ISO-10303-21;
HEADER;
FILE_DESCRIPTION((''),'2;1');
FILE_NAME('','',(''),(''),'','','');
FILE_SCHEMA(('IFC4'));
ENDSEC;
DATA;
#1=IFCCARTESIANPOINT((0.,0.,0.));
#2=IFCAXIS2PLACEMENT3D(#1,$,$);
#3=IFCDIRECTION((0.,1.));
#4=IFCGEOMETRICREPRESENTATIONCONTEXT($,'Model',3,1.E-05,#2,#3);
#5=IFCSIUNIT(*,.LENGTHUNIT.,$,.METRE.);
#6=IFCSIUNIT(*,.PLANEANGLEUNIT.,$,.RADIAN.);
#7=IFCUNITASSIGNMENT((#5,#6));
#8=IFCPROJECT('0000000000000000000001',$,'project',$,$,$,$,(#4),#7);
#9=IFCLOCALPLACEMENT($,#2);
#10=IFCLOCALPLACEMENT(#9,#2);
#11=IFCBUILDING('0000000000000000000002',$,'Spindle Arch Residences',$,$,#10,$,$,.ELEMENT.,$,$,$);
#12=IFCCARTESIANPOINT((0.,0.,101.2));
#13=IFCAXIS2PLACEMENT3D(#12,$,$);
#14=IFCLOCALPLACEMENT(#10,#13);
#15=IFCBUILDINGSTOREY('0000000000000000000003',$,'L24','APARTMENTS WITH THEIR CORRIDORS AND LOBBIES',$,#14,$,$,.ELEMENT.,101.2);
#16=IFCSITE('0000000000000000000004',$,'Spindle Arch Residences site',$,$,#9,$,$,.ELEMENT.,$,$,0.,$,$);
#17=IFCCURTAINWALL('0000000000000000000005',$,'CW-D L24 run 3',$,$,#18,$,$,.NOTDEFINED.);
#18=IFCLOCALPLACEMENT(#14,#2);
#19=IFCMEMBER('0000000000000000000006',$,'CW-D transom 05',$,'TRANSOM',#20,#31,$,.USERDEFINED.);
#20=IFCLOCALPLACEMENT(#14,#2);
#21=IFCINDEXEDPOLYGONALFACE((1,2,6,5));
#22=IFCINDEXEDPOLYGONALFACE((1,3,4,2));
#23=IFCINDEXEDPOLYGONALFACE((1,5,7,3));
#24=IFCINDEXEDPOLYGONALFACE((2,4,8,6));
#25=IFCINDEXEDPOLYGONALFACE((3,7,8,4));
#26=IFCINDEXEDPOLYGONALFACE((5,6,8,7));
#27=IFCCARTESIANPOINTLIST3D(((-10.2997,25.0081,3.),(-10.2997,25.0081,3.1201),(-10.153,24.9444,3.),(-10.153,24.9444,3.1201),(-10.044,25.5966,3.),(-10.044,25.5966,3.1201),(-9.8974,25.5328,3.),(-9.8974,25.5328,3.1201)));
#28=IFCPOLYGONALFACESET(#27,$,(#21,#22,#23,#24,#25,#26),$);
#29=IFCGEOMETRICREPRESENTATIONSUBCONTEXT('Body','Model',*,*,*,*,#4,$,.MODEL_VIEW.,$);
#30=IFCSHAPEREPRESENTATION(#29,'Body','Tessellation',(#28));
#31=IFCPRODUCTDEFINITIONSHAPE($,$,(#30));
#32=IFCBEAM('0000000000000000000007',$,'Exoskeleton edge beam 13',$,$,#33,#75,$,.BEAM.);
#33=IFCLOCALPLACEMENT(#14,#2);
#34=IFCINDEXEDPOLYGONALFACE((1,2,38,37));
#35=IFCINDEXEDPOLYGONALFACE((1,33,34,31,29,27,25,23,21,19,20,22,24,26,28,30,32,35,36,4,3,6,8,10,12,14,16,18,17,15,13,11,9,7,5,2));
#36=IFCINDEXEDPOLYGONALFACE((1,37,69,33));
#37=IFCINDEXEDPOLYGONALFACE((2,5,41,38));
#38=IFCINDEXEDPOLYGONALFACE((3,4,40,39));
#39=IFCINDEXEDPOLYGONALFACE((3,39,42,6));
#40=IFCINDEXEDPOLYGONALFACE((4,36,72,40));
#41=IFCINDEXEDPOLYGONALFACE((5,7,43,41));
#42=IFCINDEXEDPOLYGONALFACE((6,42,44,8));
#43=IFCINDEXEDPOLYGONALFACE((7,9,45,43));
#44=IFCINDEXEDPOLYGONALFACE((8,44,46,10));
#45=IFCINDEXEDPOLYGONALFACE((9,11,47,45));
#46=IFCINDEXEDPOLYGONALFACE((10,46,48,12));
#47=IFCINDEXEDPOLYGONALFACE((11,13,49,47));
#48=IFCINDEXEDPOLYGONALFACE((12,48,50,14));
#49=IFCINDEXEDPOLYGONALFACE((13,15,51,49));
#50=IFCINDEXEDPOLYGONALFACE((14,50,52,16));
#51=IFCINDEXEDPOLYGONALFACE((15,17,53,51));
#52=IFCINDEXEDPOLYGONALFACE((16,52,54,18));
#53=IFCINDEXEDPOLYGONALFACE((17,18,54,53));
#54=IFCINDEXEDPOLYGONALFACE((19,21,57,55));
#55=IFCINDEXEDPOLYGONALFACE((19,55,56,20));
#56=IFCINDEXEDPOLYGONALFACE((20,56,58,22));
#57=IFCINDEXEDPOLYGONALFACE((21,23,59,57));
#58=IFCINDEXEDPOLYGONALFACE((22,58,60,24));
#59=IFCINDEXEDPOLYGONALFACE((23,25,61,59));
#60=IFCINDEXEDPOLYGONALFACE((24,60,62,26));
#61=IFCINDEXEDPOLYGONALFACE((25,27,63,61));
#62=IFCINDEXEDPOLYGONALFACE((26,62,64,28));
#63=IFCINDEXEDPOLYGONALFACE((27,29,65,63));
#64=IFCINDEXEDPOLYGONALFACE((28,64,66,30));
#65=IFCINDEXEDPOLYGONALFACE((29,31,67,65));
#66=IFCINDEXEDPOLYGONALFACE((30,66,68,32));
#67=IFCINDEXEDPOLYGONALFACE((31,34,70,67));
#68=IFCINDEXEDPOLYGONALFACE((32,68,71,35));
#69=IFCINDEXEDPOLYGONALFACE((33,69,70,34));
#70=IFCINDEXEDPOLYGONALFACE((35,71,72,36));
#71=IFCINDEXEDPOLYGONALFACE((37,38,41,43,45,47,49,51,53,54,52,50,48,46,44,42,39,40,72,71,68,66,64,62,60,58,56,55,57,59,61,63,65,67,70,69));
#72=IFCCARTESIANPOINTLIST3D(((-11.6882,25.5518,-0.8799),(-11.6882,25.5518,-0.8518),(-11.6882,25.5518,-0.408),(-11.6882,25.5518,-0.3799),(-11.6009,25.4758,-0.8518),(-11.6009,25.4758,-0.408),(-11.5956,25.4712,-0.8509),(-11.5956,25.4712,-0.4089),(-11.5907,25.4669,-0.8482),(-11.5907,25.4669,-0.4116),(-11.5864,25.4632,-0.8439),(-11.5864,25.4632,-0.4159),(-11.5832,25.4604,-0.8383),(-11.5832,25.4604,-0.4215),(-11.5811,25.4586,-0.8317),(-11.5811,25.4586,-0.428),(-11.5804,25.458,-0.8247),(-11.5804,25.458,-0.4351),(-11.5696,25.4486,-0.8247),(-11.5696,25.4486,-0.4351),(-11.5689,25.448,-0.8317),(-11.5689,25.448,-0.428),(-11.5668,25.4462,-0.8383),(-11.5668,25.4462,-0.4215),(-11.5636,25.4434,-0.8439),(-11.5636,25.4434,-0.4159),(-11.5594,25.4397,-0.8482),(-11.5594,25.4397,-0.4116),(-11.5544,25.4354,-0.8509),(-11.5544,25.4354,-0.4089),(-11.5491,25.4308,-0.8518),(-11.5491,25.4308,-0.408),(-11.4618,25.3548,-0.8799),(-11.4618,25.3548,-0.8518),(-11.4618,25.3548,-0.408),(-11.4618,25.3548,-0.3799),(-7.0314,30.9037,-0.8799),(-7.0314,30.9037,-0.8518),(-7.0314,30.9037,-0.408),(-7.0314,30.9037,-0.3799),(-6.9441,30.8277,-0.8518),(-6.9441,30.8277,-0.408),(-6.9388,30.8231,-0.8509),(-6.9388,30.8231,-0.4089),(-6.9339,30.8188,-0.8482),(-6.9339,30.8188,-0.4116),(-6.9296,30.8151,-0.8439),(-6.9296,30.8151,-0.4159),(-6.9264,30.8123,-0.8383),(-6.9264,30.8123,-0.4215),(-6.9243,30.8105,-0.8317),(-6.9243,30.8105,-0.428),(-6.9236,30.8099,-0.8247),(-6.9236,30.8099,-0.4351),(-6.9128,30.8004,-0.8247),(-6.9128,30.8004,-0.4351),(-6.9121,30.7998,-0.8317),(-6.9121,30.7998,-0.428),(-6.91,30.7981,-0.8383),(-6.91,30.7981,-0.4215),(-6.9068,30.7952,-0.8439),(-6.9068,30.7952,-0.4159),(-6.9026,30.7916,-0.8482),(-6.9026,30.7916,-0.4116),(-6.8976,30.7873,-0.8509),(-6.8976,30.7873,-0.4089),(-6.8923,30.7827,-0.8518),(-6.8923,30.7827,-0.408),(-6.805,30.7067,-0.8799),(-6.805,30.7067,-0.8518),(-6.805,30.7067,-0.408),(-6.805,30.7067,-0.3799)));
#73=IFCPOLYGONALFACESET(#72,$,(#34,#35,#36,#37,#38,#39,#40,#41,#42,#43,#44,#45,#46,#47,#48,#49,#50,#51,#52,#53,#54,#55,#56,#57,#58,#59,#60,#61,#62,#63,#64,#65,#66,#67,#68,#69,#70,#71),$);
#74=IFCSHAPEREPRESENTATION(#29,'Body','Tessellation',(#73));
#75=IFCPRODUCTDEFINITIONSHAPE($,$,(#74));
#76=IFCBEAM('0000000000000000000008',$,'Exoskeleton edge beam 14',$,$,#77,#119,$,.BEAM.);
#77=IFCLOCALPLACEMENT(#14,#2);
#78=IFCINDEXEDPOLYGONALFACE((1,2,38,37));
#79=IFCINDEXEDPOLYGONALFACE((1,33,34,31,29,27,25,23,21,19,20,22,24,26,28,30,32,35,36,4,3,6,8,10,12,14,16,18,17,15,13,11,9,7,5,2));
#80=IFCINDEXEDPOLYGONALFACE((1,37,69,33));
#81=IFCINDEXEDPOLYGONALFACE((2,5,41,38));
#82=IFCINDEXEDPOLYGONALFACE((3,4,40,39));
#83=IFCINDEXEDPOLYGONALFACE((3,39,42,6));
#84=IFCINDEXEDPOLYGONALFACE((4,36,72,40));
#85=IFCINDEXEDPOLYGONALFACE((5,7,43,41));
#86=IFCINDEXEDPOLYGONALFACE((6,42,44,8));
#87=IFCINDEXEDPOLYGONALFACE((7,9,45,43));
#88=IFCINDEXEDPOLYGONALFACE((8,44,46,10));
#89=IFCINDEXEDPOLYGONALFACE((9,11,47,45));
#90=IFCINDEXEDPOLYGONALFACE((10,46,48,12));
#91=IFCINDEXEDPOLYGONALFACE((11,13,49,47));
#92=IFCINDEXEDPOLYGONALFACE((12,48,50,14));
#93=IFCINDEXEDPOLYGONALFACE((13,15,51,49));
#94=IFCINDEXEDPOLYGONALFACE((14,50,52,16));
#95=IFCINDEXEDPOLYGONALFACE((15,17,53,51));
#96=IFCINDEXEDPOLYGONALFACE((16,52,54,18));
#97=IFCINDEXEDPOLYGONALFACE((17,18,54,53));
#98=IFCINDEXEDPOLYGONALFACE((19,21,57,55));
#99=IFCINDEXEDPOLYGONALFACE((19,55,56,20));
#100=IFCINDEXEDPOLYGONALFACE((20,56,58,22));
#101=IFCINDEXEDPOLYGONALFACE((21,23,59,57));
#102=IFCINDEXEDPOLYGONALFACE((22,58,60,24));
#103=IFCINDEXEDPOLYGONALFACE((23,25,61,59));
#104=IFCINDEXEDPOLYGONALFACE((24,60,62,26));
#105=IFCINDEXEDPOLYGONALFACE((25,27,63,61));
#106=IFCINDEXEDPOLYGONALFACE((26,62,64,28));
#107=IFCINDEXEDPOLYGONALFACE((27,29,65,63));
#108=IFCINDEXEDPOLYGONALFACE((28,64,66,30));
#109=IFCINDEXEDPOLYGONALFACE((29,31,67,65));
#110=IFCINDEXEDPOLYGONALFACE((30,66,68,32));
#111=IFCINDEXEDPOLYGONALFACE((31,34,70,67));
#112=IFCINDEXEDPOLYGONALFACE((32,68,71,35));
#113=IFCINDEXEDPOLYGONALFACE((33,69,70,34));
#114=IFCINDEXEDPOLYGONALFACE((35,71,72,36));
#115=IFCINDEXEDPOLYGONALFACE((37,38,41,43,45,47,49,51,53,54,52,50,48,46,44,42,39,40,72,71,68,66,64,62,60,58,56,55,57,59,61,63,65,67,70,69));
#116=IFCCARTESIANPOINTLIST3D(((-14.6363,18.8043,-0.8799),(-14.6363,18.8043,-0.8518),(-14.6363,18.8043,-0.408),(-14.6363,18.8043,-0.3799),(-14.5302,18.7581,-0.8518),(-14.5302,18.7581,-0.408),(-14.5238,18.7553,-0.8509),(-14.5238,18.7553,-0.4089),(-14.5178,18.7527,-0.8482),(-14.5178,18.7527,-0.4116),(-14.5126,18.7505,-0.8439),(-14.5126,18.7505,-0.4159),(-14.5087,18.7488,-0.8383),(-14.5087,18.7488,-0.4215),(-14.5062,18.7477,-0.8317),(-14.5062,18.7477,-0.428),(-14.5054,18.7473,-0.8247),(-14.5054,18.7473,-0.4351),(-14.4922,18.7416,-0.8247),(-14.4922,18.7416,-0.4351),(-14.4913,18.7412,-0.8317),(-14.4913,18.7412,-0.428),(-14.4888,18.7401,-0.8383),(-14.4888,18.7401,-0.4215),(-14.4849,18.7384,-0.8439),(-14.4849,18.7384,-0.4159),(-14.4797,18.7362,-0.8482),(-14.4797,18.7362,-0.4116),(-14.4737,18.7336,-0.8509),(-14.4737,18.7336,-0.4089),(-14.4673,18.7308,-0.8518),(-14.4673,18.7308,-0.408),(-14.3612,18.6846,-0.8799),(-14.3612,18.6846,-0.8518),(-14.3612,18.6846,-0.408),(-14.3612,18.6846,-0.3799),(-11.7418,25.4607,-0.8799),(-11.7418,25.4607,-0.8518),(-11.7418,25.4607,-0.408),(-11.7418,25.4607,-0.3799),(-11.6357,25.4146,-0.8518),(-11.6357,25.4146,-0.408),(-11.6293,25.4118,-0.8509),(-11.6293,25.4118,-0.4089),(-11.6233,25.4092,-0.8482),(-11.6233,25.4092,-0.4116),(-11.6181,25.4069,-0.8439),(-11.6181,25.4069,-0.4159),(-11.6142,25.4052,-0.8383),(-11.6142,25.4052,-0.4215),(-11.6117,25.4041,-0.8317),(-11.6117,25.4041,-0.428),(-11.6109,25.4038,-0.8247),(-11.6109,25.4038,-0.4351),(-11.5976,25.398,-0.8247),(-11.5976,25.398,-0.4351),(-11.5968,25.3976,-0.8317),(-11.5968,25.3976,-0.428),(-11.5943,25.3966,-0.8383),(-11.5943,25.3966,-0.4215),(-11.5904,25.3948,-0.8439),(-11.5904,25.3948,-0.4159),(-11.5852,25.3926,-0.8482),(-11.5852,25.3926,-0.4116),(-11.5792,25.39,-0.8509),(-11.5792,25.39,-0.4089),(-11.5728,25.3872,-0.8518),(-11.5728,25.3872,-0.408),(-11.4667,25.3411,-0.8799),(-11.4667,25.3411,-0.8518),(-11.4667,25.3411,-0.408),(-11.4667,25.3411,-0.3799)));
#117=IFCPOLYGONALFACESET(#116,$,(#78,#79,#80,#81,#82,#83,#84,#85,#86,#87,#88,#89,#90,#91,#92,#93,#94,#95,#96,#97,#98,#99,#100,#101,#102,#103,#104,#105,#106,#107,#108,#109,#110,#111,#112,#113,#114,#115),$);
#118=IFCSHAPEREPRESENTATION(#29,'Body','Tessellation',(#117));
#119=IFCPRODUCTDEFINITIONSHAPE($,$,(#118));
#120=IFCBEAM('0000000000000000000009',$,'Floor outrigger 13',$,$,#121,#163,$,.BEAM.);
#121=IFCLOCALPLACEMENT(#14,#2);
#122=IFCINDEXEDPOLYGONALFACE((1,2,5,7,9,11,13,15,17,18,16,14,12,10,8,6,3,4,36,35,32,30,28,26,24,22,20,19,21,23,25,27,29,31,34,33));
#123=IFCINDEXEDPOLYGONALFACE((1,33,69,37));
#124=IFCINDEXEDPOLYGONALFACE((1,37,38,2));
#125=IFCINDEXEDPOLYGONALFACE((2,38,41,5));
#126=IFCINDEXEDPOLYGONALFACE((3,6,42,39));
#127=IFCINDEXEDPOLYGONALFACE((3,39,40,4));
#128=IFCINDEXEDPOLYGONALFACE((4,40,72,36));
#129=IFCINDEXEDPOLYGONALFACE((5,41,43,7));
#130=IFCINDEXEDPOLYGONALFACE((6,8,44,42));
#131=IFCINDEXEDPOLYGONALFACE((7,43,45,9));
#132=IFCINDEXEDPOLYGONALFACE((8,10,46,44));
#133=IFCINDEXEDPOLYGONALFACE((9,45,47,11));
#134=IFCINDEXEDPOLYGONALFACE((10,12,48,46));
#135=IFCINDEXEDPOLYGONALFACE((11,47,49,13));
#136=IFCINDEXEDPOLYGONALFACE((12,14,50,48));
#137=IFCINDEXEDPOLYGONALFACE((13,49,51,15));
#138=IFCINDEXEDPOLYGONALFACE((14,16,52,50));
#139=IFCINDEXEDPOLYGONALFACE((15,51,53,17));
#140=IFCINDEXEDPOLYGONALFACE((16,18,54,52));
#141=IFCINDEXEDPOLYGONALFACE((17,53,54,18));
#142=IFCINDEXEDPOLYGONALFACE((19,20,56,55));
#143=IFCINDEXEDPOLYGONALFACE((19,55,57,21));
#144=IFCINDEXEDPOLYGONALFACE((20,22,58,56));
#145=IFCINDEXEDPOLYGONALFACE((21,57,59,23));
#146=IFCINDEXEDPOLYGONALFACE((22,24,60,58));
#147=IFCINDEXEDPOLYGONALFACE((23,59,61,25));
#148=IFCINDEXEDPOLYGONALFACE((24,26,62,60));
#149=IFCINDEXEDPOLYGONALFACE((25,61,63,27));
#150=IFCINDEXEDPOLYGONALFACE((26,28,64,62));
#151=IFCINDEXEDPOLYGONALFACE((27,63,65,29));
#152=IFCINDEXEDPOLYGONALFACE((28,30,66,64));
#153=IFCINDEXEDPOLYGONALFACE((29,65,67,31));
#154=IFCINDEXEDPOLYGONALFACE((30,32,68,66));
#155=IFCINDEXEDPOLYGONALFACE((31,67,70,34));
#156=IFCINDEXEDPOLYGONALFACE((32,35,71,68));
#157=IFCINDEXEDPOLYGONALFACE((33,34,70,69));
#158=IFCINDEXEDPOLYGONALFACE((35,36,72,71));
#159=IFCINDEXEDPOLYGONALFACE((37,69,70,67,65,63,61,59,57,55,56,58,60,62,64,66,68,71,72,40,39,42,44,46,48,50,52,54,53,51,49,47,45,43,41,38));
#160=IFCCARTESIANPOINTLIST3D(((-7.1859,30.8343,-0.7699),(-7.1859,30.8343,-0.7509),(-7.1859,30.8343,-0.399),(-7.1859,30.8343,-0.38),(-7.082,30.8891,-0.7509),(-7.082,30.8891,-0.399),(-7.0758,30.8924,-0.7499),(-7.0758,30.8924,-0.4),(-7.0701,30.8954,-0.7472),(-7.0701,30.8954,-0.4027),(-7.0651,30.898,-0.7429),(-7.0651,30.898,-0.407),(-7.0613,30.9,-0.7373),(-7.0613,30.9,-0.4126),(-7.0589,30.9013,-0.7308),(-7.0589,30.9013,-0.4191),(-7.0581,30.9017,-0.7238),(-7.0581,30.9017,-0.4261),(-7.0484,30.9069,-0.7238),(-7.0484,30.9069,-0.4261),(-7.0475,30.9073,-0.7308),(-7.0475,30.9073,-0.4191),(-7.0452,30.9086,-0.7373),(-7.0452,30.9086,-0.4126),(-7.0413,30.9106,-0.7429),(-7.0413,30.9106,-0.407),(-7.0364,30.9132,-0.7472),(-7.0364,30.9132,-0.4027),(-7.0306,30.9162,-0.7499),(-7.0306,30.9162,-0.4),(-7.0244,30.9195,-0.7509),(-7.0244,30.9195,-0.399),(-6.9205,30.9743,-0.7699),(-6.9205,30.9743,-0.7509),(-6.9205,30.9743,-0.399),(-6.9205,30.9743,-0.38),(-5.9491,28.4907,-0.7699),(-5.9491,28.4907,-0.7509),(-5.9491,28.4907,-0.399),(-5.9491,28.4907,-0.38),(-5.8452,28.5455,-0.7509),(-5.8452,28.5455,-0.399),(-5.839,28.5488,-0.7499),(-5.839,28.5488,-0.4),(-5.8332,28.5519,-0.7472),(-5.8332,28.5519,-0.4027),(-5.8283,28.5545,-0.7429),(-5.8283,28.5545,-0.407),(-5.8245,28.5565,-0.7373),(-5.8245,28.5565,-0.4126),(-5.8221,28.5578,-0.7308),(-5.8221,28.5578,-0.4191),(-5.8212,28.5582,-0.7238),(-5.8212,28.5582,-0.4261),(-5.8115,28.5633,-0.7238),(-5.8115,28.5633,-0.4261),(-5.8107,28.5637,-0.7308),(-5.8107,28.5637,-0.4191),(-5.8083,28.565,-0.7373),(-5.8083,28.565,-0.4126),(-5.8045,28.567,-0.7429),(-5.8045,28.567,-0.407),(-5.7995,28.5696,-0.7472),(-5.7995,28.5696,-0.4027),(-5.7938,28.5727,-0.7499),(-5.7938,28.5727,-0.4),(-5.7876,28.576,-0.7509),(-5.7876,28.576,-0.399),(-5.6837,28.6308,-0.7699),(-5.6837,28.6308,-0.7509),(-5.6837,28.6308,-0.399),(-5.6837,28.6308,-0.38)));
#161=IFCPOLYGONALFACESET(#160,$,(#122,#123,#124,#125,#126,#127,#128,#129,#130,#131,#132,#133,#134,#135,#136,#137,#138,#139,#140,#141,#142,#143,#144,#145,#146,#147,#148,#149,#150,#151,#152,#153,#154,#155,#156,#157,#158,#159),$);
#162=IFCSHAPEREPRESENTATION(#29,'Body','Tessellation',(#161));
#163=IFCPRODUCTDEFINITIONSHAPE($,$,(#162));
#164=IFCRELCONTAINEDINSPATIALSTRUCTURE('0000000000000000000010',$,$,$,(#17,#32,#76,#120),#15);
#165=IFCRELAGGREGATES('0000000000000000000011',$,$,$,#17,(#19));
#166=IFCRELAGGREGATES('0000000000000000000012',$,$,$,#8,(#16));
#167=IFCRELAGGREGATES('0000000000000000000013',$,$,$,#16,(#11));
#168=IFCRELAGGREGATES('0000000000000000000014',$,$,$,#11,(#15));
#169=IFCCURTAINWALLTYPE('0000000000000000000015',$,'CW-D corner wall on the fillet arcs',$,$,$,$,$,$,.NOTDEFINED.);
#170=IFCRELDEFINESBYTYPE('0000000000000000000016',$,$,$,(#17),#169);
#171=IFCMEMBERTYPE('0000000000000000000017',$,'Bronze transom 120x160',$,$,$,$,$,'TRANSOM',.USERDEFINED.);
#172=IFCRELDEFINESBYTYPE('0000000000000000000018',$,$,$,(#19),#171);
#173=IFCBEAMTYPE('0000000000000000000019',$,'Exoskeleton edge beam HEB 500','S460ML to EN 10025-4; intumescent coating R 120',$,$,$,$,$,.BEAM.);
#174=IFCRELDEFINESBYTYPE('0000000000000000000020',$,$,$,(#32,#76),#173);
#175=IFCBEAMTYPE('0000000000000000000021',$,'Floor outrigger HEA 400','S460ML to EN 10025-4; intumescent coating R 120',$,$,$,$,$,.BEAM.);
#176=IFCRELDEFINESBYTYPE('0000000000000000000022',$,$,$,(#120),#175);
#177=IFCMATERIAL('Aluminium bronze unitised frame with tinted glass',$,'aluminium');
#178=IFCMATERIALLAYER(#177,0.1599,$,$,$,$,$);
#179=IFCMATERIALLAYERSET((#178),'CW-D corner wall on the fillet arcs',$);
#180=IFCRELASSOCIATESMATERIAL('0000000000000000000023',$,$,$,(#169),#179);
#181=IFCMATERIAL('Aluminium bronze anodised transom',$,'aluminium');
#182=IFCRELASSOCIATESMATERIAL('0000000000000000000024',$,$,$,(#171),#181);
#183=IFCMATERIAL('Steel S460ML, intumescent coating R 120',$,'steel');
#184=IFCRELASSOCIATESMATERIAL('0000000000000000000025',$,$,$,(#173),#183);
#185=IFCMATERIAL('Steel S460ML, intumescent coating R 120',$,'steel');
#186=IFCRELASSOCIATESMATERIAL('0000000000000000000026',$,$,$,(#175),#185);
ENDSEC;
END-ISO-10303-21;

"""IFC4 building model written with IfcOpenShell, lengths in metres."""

from ifc_helpers import new_model, si_unit, direction, frame, origin, origin_2d, place, context, subcontext, project, spatial, rectangle, i_section, extrude, material, layer, layer_set, material_profile, profile_set, type_object, element, aggregate, save


model = new_model("IFC4")

# Units and contexts
model_context = context("Model", 3, precision=1e-05, world=origin(), true_north=direction((0.0, 1.0)))
body_context = subcontext(model_context, "Body", "Model", "MODEL_VIEW")
ifc_project = project(units=[si_unit("LENGTHUNIT", "METRE"), si_unit("PLANEANGLEUNIT", "RADIAN")], contexts=[model_context])

# Site, building, storey
site_placement = place(None, origin())
site = spatial("IfcSite", under=ifc_project, at=site_placement, Name="Spindle Arch Residences site", CompositionType="ELEMENT", RefElevation=0.0)
building_placement = place(site_placement, origin())
building = spatial("IfcBuilding", under=site, at=building_placement, Name="Spindle Arch Residences", CompositionType="ELEMENT")
storey_placement = place(building_placement, frame((0.0, 0.0, 101.2)))
storey = spatial("IfcBuildingStorey", under=building, at=storey_placement, Name="L24", Description="APARTMENTS WITH THEIR CORRIDORS AND LOBBIES", CompositionType="ELEMENT", Elevation=101.2)

# Curtain wall, member
ifc_material_1 = material(Name="Aluminium bronze unitised frame with tinted glass", Category="aluminium")
ifc_layer_1 = layer(ifc_material_1, 0.1599)
ifc_layer_set_1 = layer_set([ifc_layer_1], Name="CW-D corner wall on the fillet arcs")
curtain_wall_type = type_object("IfcCurtainWallType", Name="CW-D corner wall on the fillet arcs", PredefinedType="NOTDEFINED", material=ifc_layer_set_1)
curtain_wall_placement = place(storey_placement, origin())
curtain_wall = element("IfcCurtainWall", 1, at=curtain_wall_placement, inside=storey, type_object=curtain_wall_type, Name="CW-D L24 run 3", PredefinedType="NOTDEFINED")
ifc_material_2 = material(Name="Aluminium bronze anodised transom", Category="aluminium")
ifc_material_profile_1 = material_profile(ifc_material_2, rectangle(XDim=0.1599, YDim=0.1201, at=origin_2d()), Name="TR 120x160")
ifc_profile_set_1 = profile_set([ifc_material_profile_1], Name="Aluminium bronze anodised transom")
member_type_1 = type_object("IfcMemberType", Name="Bronze transom 120x160", ElementType="TRANSOM", PredefinedType="USERDEFINED", material=ifc_profile_set_1)
member_1_placement = place(storey_placement, frame((-9.9707, 25.5647, 3.0601), z_axis=(-0.398462, -0.917185, 0.0), x_axis=(0.917185, -0.398462, 0.0)))
member_1 = element("IfcMember", 2, at=member_1_placement, type_object=member_type_1, Name="CW-D transom 05", ObjectType="TRANSOM", PredefinedType="USERDEFINED", context=body_context, shape_type="SweptSolid", body=[
    extrude(rectangle(XDim=0.1599, YDim=0.1201, at=origin_2d()), origin(), (0.0, 0.0, 1.0), 0.6416),
])

# Beams
ifc_material_3 = material(Name="Steel S460ML, intumescent coating R 120", Category="steel")
ifc_material_profile_2 = material_profile(ifc_material_3, i_section(OverallWidth=0.3, OverallDepth=0.5, WebThickness=0.0144, FlangeThickness=0.0281, FilletRadius=0.0271, at=origin_2d()), Name="HEB 500")
ifc_profile_set_2 = profile_set([ifc_material_profile_2], Name="Steel S460ML, intumescent coating R 120")
beam_type_1 = type_object("IfcBeamType", Name="Exoskeleton edge beam HEB 500", Description="S460ML to EN 10025-4; intumescent coating R 120", PredefinedType="BEAM", material=ifc_profile_set_2)
beam_1_placement = place(storey_placement, frame((-6.9182, 30.8052, -0.6299), z_axis=(-0.656419, -0.754397, 0.0), x_axis=(0.754397, -0.656419, 0.0)))
element("IfcBeam", 3, at=beam_1_placement, inside=storey, type_object=beam_type_1, Name="Exoskeleton edge beam 13", PredefinedType="BEAM", context=body_context, shape_type="SweptSolid", body=[
    extrude(i_section(OverallWidth=0.3, OverallDepth=0.5, WebThickness=0.0144, FlangeThickness=0.0281, FilletRadius=0.0271, at=origin_2d()), origin(), (0.0, 0.0, 1.0), 7.0942),
])
beam_2_placement = place(storey_placement, frame((-11.6042, 25.4009, -0.6299), z_axis=(-0.398773, -0.91705, 0.0), x_axis=(0.91705, -0.398773, 0.0)))
element("IfcBeam", 4, at=beam_2_placement, inside=storey, type_object=beam_type_1, Name="Exoskeleton edge beam 14", PredefinedType="BEAM", context=body_context, shape_type="SweptSolid", body=[
    extrude(i_section(OverallWidth=0.3, OverallDepth=0.5, WebThickness=0.0144, FlangeThickness=0.0281, FilletRadius=0.0271, at=origin_2d()), origin(), (0.0, 0.0, 1.0), 7.2585),
])
ifc_material_4 = material(Name="Steel S460ML, intumescent coating R 120", Category="steel")
ifc_material_profile_3 = material_profile(ifc_material_4, i_section(OverallWidth=0.3, OverallDepth=0.3899, WebThickness=0.011, FlangeThickness=0.019, FilletRadius=0.0271, at=origin_2d()), Name="HEA 400")
ifc_profile_set_3 = profile_set([ifc_material_profile_3], Name="Steel S460ML, intumescent coating R 120")
beam_type_2 = type_object("IfcBeamType", Name="Floor outrigger HEA 400", Description="S460ML to EN 10025-4; intumescent coating R 120", PredefinedType="BEAM", material=ifc_profile_set_3)
beam_3_placement = place(storey_placement, frame((-7.0532, 30.9043, -0.575), z_axis=(0.466749, -0.88439, 0.0), x_axis=(0.88439, 0.466749, 0.0)))
element("IfcBeam", 5, at=beam_3_placement, inside=storey, type_object=beam_type_2, Name="Floor outrigger 13", PredefinedType="BEAM", context=body_context, shape_type="SweptSolid", body=[
    extrude(i_section(OverallWidth=0.3, OverallDepth=0.3899, WebThickness=0.011, FlangeThickness=0.019, FilletRadius=0.0271, at=origin_2d()), origin(), (0.0, 0.0, 1.0), 2.6499),
])

aggregate(curtain_wall, [member_1])

save(model, "model.ifc")
